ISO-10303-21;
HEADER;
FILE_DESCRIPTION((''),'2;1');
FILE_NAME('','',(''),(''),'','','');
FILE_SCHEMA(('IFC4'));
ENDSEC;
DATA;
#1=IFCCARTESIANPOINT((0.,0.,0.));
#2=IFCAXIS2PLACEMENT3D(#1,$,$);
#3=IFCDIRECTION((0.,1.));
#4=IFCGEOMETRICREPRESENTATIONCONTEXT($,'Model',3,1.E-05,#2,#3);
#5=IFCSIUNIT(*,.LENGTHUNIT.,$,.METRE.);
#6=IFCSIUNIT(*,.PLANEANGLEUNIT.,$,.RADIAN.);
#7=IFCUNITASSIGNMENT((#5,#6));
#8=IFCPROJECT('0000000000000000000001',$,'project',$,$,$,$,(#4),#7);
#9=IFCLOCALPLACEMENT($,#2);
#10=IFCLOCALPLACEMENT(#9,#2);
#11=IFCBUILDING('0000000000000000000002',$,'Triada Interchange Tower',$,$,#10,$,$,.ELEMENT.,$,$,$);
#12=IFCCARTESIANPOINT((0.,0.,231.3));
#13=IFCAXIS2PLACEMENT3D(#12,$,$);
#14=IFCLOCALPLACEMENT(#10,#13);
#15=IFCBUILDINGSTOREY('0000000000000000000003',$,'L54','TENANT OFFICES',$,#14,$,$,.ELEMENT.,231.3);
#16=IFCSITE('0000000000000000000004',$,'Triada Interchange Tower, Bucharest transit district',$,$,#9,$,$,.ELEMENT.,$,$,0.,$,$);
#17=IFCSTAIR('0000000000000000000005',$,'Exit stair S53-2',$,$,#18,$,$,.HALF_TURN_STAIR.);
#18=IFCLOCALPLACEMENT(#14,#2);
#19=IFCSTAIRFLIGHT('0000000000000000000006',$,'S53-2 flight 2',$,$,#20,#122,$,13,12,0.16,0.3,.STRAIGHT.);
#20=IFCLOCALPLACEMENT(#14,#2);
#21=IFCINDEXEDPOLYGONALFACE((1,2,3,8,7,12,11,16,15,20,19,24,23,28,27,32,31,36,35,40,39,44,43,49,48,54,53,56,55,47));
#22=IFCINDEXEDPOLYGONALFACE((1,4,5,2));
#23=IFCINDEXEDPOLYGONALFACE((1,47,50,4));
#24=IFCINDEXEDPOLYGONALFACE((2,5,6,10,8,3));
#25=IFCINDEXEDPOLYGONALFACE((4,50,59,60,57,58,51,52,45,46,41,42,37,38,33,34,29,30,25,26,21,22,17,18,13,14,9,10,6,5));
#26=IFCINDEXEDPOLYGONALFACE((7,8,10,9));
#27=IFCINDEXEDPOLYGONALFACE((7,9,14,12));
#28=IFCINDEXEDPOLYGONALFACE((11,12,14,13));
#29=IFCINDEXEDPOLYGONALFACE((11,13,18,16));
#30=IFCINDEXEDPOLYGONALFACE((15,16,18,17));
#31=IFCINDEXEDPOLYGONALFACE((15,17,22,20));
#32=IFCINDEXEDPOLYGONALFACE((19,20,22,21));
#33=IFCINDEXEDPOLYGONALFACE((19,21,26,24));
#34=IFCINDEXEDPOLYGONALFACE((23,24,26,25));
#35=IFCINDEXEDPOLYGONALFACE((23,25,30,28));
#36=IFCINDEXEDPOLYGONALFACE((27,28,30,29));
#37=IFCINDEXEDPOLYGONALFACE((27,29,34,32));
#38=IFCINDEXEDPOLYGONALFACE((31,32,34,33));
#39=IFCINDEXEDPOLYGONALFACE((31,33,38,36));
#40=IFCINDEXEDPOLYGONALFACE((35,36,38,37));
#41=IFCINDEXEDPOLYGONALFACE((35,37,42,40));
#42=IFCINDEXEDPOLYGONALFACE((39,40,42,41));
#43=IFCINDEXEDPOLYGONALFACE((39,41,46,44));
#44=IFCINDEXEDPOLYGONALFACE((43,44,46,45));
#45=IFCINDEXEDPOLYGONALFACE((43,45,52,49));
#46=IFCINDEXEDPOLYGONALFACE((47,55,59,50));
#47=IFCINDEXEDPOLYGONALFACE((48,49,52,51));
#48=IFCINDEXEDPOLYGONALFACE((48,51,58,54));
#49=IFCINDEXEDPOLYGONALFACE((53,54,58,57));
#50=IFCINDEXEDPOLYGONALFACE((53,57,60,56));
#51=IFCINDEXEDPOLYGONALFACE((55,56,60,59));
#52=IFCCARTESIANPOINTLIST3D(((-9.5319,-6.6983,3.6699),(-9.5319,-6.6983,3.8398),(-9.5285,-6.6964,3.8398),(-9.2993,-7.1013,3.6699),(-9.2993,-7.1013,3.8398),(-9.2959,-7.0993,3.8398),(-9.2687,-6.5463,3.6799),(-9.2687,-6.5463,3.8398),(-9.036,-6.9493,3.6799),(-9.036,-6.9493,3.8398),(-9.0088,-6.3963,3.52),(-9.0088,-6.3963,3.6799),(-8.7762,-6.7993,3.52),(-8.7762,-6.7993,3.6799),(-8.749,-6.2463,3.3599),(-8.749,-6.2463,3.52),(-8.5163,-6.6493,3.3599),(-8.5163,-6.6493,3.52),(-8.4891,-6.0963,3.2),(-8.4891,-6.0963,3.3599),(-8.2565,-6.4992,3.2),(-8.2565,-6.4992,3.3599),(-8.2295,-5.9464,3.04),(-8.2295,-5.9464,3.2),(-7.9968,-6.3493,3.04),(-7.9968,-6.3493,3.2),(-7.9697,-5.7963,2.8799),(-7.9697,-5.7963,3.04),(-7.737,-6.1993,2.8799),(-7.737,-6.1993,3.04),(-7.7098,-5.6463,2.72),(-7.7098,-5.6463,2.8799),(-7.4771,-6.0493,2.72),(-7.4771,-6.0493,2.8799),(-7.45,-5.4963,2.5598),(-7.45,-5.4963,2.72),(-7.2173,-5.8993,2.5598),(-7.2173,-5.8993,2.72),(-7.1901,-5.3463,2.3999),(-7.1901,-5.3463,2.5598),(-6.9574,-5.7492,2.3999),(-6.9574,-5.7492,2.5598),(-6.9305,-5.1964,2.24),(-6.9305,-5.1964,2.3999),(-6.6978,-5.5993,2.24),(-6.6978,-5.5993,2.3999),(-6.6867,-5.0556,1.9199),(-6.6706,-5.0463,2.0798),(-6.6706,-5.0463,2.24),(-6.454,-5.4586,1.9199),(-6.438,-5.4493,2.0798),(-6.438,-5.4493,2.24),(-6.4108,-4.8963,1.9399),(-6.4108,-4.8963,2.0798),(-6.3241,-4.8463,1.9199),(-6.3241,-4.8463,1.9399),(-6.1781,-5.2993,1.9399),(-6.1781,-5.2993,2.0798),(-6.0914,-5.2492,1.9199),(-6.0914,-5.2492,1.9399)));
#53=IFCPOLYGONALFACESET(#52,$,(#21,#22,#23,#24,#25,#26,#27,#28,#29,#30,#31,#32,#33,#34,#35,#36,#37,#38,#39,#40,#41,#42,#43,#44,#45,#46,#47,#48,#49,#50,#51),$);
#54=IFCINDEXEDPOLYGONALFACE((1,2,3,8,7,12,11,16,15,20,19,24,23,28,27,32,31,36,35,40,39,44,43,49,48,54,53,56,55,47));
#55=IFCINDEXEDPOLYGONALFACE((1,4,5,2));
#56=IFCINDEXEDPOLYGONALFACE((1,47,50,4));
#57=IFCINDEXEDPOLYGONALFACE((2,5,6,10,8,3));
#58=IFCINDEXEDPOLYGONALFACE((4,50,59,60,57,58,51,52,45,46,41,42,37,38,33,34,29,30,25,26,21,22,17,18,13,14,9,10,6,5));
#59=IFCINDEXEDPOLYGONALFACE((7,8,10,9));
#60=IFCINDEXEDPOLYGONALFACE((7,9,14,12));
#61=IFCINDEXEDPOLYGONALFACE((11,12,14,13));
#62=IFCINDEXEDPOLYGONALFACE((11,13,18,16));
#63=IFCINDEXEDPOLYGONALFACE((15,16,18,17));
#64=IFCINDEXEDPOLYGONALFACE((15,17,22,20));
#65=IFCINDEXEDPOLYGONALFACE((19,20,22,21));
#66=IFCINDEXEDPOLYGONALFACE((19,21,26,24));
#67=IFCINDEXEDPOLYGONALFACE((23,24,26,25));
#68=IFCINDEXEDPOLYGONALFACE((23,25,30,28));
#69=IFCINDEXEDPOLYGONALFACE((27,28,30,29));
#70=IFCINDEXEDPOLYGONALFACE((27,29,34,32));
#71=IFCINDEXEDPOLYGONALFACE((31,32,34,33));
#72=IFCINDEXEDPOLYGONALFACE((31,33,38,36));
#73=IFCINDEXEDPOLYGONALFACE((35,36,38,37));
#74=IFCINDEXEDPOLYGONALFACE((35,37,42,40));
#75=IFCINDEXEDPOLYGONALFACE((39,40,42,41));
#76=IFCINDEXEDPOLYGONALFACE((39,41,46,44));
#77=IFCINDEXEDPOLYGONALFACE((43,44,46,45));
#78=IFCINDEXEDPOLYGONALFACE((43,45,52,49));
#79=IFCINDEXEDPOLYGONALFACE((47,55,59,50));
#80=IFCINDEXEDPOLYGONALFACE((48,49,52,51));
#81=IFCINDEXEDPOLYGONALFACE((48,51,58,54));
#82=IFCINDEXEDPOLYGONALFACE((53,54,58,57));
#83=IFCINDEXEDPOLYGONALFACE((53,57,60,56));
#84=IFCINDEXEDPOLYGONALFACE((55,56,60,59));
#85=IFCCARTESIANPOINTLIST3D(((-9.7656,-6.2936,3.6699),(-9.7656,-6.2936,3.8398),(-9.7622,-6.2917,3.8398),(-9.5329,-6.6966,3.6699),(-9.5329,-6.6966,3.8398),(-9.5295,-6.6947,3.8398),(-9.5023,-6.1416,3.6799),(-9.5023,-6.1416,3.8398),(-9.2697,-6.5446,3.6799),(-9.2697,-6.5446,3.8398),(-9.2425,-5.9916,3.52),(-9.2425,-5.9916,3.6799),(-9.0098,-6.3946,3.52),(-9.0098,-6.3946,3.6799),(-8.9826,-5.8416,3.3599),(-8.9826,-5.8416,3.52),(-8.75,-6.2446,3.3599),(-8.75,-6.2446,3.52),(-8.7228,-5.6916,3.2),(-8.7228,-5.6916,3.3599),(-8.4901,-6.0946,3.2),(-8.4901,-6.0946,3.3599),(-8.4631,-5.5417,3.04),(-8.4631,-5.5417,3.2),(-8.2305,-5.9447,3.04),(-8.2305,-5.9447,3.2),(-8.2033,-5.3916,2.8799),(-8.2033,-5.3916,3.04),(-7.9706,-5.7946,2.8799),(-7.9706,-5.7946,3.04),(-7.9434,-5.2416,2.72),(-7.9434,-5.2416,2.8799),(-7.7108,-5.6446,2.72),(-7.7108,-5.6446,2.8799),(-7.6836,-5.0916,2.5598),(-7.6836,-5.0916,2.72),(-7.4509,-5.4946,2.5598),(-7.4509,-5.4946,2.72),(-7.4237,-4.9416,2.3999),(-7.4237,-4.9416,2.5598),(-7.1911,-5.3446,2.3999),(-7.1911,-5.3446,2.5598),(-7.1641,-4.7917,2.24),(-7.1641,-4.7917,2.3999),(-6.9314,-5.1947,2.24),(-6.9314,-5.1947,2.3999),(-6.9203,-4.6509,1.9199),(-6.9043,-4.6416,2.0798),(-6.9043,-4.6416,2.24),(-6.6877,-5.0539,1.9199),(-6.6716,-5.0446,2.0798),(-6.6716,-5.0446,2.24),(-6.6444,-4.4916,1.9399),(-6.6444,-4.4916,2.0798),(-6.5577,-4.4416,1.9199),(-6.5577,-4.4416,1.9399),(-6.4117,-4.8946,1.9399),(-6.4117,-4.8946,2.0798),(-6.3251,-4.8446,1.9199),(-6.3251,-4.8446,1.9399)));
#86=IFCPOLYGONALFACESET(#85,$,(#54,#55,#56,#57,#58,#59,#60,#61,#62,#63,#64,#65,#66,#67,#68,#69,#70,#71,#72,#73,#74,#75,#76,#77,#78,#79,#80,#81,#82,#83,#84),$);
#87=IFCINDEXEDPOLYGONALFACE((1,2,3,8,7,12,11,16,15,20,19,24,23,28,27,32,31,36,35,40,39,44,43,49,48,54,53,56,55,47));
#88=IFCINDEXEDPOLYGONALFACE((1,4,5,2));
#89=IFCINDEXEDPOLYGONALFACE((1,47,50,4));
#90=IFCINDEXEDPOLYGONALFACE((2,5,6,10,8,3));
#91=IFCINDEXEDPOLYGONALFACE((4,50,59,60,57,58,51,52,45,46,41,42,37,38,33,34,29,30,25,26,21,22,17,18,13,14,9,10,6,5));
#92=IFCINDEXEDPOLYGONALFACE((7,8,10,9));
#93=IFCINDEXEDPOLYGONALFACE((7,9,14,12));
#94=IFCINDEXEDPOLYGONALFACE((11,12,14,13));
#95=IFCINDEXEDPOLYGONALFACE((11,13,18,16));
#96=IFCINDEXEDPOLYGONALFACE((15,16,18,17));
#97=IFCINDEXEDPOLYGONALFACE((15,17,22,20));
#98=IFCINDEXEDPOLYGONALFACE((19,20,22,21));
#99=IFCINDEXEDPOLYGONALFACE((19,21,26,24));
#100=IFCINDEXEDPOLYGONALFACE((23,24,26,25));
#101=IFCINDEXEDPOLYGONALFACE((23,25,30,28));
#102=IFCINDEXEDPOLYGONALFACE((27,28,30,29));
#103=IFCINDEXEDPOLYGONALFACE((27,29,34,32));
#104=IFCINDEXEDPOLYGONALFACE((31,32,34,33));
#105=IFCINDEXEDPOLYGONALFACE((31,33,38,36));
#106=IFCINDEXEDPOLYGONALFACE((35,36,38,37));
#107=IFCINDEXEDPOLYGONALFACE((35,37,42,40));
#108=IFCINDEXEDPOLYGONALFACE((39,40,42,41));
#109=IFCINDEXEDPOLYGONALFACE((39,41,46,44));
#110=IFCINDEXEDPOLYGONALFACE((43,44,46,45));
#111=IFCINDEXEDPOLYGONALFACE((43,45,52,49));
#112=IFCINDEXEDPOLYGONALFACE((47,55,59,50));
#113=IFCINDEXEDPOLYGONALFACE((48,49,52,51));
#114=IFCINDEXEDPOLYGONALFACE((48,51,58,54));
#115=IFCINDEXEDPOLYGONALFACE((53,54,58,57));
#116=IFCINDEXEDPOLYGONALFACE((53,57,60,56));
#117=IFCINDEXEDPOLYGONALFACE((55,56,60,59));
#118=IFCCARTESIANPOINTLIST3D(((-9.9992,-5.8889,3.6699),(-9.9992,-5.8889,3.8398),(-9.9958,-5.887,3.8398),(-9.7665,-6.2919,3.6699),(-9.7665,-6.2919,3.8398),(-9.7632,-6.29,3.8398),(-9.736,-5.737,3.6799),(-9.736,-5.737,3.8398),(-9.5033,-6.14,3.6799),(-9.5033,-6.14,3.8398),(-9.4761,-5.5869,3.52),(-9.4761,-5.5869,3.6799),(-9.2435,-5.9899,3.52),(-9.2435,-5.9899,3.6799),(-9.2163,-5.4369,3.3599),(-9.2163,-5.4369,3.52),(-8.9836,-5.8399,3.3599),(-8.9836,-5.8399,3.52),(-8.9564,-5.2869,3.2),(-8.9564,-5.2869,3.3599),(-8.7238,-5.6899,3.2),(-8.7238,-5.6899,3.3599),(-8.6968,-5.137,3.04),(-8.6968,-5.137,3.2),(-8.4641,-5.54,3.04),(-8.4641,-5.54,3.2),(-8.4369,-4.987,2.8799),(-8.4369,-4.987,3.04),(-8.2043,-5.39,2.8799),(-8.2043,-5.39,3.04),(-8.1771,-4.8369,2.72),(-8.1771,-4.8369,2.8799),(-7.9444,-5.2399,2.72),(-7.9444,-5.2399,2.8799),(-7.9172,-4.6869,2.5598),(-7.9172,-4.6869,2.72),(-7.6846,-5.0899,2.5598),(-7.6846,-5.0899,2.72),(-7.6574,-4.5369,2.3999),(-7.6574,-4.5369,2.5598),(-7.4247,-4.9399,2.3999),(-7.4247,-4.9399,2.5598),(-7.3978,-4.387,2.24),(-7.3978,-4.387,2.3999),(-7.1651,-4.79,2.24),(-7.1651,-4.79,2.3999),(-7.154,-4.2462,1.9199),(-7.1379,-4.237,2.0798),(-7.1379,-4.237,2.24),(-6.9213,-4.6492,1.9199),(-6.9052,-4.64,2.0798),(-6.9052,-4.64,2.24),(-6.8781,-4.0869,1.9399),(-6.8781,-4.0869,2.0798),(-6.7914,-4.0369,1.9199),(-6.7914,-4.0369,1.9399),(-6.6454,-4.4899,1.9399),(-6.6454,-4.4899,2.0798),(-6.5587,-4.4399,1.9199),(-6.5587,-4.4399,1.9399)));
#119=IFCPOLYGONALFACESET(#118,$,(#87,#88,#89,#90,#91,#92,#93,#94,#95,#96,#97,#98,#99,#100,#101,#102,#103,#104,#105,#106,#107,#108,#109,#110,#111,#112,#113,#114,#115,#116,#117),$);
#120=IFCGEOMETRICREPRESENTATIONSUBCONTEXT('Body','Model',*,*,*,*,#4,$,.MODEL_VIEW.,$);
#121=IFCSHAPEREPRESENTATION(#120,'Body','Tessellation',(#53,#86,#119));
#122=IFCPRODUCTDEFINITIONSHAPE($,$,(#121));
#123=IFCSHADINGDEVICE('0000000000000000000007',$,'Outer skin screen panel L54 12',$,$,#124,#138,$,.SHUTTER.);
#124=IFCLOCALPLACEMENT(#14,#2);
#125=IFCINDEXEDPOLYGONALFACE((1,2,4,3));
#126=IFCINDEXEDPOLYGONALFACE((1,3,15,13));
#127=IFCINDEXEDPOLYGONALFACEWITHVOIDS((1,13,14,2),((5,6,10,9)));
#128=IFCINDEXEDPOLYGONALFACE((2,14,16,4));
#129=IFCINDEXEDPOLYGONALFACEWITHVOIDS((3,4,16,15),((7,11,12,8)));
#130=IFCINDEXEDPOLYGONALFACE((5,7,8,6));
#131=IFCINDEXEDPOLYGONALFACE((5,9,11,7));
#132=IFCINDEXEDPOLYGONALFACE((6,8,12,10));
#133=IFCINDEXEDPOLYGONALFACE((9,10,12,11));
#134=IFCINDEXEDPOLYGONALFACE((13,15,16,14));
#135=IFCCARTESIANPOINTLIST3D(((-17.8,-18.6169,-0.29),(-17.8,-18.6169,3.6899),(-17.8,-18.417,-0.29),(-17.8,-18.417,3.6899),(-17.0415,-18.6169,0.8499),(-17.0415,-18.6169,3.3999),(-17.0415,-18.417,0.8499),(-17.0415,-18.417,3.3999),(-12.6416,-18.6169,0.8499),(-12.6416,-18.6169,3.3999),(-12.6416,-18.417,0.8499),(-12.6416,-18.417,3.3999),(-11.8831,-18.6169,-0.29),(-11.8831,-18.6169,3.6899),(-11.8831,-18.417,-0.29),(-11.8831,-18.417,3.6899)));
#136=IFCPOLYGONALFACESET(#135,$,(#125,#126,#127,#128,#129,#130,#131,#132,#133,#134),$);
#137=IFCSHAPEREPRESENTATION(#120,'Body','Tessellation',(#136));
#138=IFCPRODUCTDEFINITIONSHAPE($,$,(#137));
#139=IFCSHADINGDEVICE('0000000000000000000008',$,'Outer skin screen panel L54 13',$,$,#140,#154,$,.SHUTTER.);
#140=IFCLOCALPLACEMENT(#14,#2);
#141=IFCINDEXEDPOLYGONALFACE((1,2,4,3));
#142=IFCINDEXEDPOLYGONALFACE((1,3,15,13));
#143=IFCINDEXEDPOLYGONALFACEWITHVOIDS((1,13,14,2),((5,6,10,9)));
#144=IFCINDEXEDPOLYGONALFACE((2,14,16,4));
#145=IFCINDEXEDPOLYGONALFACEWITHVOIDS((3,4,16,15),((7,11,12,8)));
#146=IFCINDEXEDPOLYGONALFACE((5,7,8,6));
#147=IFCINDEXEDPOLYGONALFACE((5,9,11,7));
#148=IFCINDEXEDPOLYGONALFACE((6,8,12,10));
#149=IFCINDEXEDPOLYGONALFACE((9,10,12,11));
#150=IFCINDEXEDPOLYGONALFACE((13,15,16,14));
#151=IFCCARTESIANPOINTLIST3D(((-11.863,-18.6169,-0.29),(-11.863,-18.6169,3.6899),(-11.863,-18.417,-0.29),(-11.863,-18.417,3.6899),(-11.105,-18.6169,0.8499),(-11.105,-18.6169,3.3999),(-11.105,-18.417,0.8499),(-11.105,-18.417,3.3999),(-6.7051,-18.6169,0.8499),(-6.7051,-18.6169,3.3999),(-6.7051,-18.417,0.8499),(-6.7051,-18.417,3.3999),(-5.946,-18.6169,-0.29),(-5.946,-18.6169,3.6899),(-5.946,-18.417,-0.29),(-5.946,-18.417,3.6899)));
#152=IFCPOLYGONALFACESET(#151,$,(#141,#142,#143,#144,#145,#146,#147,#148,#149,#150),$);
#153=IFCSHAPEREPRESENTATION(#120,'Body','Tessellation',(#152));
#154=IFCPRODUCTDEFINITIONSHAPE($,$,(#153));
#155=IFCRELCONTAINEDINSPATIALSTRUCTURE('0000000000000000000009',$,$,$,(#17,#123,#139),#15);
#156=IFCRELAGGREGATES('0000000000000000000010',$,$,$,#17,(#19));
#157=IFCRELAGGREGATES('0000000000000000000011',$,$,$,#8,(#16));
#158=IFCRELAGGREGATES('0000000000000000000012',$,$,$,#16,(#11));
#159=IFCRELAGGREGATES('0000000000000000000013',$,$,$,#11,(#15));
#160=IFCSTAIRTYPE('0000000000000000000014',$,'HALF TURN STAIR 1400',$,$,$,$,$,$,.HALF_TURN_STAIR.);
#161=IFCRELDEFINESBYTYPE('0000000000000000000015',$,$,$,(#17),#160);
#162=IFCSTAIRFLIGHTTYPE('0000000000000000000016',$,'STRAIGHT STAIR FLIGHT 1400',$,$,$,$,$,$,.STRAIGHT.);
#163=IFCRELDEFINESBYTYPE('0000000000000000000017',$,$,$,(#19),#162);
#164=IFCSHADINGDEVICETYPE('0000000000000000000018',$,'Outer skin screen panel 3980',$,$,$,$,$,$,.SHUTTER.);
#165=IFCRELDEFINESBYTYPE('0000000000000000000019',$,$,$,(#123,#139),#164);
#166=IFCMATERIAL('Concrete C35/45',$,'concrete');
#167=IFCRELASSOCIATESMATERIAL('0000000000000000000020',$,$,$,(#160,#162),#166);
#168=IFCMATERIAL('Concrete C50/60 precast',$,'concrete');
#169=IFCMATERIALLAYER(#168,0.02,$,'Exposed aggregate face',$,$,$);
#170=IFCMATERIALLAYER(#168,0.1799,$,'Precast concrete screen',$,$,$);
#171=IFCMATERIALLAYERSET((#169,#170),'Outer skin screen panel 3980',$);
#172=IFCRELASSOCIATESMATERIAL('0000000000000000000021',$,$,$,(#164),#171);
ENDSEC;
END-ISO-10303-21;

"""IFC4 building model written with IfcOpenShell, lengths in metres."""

from ifc_helpers import new_model, si_unit, direction, frame, origin, place, context, subcontext, project, spatial, polyline, outline, extrude, material, layer, layer_set, type_object, element, aggregate, save


model = new_model("IFC4")

# Units and contexts
model_context = context("Model", 3, precision=1e-05, world=origin(), true_north=direction((0.0, 1.0)))
body_context = subcontext(model_context, "Body", "Model", "MODEL_VIEW")
ifc_project = project(units=[si_unit("LENGTHUNIT", "METRE"), si_unit("PLANEANGLEUNIT", "RADIAN")], contexts=[model_context])

# Site, building, storey
site_placement = place(None, origin())
site = spatial("IfcSite", under=ifc_project, at=site_placement, Name="Triada Interchange Tower, Bucharest transit district", CompositionType="ELEMENT", RefElevation=0.0)
building_placement = place(site_placement, origin())
building = spatial("IfcBuilding", under=site, at=building_placement, Name="Triada Interchange Tower", CompositionType="ELEMENT")
storey_placement = place(building_placement, frame((0.0, 0.0, 231.3)))
storey = spatial("IfcBuildingStorey", under=building, at=storey_placement, Name="L54", Description="TENANT OFFICES", CompositionType="ELEMENT", Elevation=231.3)

# Stair, stair flight
ifc_material_1 = material(Name="Concrete C35/45", Category="concrete")
stair_type = type_object("IfcStairType", Name="HALF TURN STAIR 1400", PredefinedType="HALF_TURN_STAIR", material=ifc_material_1)
stair_placement = place(storey_placement, origin())
stair = element("IfcStair", 1, at=stair_placement, inside=storey, type_object=stair_type, Name="Exit stair S53-2", PredefinedType="HALF_TURN_STAIR")
stair_flight_type = type_object("IfcStairFlightType", Name="STRAIGHT STAIR FLIGHT 1400", PredefinedType="STRAIGHT", material=ifc_material_1)
stair_flight_1_placement = place(storey_placement, frame((-6.5281, -4.6931, 1.9199), z_axis=(0.0, 0.0, 1.0), x_axis=(-0.866025, -0.5, 0.0)))
stair_flight_1 = element("IfcStairFlight", 2, at=stair_flight_1_placement, type_object=stair_flight_type, Name="S53-2 flight 2", NumberOfRisers=13, NumberOfTreads=12, PredefinedType="STRAIGHT", RiserHeight=0.16, TreadLength=0.3, context=body_context, shape_type="SweptSolid", body=[
    extrude(outline(polyline([(-0.1001, 0.0), (-0.1001, 0.02), (0.0, 0.02), (0.0, 0.1599), (0.3, 0.1599), (0.3, 0.3201), (0.6001, 0.3201), (0.6001, 0.48), (0.8999, 0.48), (0.8999, 0.6399), (1.2, 0.6399), (1.2, 0.8), (1.5, 0.8), (1.5, 0.96), (1.8, 0.96), (1.8, 1.1201), (2.1001, 1.1201), (2.1001, 1.28), (2.3999, 1.28), (2.3999, 1.4399), (2.7, 1.4399), (2.7, 1.6001), (3.0, 1.6001), (3.0, 1.76), (3.3, 1.76), (3.3, 1.9199), (3.6001, 1.9199), (3.604, 1.9199), (3.604, 2.0801), (3.604, 1.75), (0.3186, 0.0), (-0.1001, 0.0)])), frame((0.0, 0.7, 0.0), z_axis=(0.0, -1.0, 0.0), x_axis=(1.0, 0.0, 0.0)), (0.0, 0.0, 1.0), 0.4653),
    extrude(outline(polyline([(-0.1001, 0.0), (-0.1001, 0.02), (0.0, 0.02), (0.0, 0.1599), (0.3, 0.1599), (0.3, 0.3201), (0.6001, 0.3201), (0.6001, 0.48), (0.8999, 0.48), (0.8999, 0.6399), (1.2, 0.6399), (1.2, 0.8), (1.5, 0.8), (1.5, 0.96), (1.8, 0.96), (1.8, 1.1201), (2.1001, 1.1201), (2.1001, 1.28), (2.3999, 1.28), (2.3999, 1.4399), (2.7, 1.4399), (2.7, 1.6001), (3.0, 1.6001), (3.0, 1.76), (3.3, 1.76), (3.3, 1.9199), (3.6001, 1.9199), (3.604, 1.9199), (3.604, 2.0801), (3.604, 1.75), (0.3186, 0.0), (-0.1001, 0.0)])), frame((0.0, 0.2327, 0.0), z_axis=(0.0, -1.0, 0.0), x_axis=(1.0, 0.0, 0.0)), (0.0, 0.0, 1.0), 0.4653),
    extrude(outline(polyline([(-0.1001, 0.0), (-0.1001, 0.02), (0.0, 0.02), (0.0, 0.1599), (0.3, 0.1599), (0.3, 0.3201), (0.6001, 0.3201), (0.6001, 0.48), (0.8999, 0.48), (0.8999, 0.6399), (1.2, 0.6399), (1.2, 0.8), (1.5, 0.8), (1.5, 0.96), (1.8, 0.96), (1.8, 1.1201), (2.1001, 1.1201), (2.1001, 1.28), (2.3999, 1.28), (2.3999, 1.4399), (2.7, 1.4399), (2.7, 1.6001), (3.0, 1.6001), (3.0, 1.76), (3.3, 1.76), (3.3, 1.9199), (3.6001, 1.9199), (3.604, 1.9199), (3.604, 2.0801), (3.604, 1.75), (0.3186, 0.0), (-0.1001, 0.0)])), frame((0.0, -0.2346, 0.0), z_axis=(0.0, -1.0, 0.0), x_axis=(1.0, 0.0, 0.0)), (0.0, 0.0, 1.0), 0.4653),
])

# Shading devices
ifc_material_2 = material(Name="Concrete C50/60 precast", Category="concrete")
ifc_layer_1 = layer(ifc_material_2, 0.02, Name="Exposed aggregate face")
ifc_layer_2 = layer(ifc_material_2, 0.1799, Name="Precast concrete screen")
ifc_layer_set_1 = layer_set([ifc_layer_1, ifc_layer_2], Name="Outer skin screen panel 3980")
shading_device_type = type_object("IfcShadingDeviceType", Name="Outer skin screen panel 3980", PredefinedType="SHUTTER", material=ifc_layer_set_1)
shading_device_1_placement = place(storey_placement, frame((-17.8, -18.417, -0.29), z_axis=(0.0, 0.0, 1.0), x_axis=(1.0, 0.0, 0.0)))
element("IfcShadingDevice", 3, at=shading_device_1_placement, inside=storey, type_object=shading_device_type, Name="Outer skin screen panel L54 12", PredefinedType="SHUTTER", context=body_context, shape_type="SweptSolid", body=[
    extrude(outline(polyline([(0.0, 0.0), (5.917, 0.0), (5.917, 3.98), (0.0, 3.98), (0.0, 0.0)]), holes=[polyline([(0.7585, 1.1399), (0.7585, 3.6899), (5.1584, 3.6899), (5.1584, 1.1399), (0.7585, 1.1399)])]), frame((0.0, 0.0, 0.0), z_axis=(0.0, -1.0, 0.0), x_axis=(1.0, 0.0, 0.0)), (0.0, 0.0, 1.0), 0.2),
])
shading_device_2_placement = place(storey_placement, frame((-11.863, -18.417, -0.29), z_axis=(0.0, 0.0, 1.0), x_axis=(1.0, 0.0, 0.0)))
element("IfcShadingDevice", 4, at=shading_device_2_placement, inside=storey, type_object=shading_device_type, Name="Outer skin screen panel L54 13", PredefinedType="SHUTTER", context=body_context, shape_type="SweptSolid", body=[
    extrude(outline(polyline([(0.0, 0.0), (5.917, 0.0), (5.917, 3.98), (0.0, 3.98), (0.0, 0.0)]), holes=[polyline([(0.7581, 1.1399), (0.7581, 3.6899), (5.158, 3.6899), (5.158, 1.1399), (0.7581, 1.1399)])]), frame((0.0, 0.0, 0.0), z_axis=(0.0, -1.0, 0.0), x_axis=(1.0, 0.0, 0.0)), (0.0, 0.0, 1.0), 0.2),
])

aggregate(stair, [stair_flight_1])

save(model, "model.ifc")
